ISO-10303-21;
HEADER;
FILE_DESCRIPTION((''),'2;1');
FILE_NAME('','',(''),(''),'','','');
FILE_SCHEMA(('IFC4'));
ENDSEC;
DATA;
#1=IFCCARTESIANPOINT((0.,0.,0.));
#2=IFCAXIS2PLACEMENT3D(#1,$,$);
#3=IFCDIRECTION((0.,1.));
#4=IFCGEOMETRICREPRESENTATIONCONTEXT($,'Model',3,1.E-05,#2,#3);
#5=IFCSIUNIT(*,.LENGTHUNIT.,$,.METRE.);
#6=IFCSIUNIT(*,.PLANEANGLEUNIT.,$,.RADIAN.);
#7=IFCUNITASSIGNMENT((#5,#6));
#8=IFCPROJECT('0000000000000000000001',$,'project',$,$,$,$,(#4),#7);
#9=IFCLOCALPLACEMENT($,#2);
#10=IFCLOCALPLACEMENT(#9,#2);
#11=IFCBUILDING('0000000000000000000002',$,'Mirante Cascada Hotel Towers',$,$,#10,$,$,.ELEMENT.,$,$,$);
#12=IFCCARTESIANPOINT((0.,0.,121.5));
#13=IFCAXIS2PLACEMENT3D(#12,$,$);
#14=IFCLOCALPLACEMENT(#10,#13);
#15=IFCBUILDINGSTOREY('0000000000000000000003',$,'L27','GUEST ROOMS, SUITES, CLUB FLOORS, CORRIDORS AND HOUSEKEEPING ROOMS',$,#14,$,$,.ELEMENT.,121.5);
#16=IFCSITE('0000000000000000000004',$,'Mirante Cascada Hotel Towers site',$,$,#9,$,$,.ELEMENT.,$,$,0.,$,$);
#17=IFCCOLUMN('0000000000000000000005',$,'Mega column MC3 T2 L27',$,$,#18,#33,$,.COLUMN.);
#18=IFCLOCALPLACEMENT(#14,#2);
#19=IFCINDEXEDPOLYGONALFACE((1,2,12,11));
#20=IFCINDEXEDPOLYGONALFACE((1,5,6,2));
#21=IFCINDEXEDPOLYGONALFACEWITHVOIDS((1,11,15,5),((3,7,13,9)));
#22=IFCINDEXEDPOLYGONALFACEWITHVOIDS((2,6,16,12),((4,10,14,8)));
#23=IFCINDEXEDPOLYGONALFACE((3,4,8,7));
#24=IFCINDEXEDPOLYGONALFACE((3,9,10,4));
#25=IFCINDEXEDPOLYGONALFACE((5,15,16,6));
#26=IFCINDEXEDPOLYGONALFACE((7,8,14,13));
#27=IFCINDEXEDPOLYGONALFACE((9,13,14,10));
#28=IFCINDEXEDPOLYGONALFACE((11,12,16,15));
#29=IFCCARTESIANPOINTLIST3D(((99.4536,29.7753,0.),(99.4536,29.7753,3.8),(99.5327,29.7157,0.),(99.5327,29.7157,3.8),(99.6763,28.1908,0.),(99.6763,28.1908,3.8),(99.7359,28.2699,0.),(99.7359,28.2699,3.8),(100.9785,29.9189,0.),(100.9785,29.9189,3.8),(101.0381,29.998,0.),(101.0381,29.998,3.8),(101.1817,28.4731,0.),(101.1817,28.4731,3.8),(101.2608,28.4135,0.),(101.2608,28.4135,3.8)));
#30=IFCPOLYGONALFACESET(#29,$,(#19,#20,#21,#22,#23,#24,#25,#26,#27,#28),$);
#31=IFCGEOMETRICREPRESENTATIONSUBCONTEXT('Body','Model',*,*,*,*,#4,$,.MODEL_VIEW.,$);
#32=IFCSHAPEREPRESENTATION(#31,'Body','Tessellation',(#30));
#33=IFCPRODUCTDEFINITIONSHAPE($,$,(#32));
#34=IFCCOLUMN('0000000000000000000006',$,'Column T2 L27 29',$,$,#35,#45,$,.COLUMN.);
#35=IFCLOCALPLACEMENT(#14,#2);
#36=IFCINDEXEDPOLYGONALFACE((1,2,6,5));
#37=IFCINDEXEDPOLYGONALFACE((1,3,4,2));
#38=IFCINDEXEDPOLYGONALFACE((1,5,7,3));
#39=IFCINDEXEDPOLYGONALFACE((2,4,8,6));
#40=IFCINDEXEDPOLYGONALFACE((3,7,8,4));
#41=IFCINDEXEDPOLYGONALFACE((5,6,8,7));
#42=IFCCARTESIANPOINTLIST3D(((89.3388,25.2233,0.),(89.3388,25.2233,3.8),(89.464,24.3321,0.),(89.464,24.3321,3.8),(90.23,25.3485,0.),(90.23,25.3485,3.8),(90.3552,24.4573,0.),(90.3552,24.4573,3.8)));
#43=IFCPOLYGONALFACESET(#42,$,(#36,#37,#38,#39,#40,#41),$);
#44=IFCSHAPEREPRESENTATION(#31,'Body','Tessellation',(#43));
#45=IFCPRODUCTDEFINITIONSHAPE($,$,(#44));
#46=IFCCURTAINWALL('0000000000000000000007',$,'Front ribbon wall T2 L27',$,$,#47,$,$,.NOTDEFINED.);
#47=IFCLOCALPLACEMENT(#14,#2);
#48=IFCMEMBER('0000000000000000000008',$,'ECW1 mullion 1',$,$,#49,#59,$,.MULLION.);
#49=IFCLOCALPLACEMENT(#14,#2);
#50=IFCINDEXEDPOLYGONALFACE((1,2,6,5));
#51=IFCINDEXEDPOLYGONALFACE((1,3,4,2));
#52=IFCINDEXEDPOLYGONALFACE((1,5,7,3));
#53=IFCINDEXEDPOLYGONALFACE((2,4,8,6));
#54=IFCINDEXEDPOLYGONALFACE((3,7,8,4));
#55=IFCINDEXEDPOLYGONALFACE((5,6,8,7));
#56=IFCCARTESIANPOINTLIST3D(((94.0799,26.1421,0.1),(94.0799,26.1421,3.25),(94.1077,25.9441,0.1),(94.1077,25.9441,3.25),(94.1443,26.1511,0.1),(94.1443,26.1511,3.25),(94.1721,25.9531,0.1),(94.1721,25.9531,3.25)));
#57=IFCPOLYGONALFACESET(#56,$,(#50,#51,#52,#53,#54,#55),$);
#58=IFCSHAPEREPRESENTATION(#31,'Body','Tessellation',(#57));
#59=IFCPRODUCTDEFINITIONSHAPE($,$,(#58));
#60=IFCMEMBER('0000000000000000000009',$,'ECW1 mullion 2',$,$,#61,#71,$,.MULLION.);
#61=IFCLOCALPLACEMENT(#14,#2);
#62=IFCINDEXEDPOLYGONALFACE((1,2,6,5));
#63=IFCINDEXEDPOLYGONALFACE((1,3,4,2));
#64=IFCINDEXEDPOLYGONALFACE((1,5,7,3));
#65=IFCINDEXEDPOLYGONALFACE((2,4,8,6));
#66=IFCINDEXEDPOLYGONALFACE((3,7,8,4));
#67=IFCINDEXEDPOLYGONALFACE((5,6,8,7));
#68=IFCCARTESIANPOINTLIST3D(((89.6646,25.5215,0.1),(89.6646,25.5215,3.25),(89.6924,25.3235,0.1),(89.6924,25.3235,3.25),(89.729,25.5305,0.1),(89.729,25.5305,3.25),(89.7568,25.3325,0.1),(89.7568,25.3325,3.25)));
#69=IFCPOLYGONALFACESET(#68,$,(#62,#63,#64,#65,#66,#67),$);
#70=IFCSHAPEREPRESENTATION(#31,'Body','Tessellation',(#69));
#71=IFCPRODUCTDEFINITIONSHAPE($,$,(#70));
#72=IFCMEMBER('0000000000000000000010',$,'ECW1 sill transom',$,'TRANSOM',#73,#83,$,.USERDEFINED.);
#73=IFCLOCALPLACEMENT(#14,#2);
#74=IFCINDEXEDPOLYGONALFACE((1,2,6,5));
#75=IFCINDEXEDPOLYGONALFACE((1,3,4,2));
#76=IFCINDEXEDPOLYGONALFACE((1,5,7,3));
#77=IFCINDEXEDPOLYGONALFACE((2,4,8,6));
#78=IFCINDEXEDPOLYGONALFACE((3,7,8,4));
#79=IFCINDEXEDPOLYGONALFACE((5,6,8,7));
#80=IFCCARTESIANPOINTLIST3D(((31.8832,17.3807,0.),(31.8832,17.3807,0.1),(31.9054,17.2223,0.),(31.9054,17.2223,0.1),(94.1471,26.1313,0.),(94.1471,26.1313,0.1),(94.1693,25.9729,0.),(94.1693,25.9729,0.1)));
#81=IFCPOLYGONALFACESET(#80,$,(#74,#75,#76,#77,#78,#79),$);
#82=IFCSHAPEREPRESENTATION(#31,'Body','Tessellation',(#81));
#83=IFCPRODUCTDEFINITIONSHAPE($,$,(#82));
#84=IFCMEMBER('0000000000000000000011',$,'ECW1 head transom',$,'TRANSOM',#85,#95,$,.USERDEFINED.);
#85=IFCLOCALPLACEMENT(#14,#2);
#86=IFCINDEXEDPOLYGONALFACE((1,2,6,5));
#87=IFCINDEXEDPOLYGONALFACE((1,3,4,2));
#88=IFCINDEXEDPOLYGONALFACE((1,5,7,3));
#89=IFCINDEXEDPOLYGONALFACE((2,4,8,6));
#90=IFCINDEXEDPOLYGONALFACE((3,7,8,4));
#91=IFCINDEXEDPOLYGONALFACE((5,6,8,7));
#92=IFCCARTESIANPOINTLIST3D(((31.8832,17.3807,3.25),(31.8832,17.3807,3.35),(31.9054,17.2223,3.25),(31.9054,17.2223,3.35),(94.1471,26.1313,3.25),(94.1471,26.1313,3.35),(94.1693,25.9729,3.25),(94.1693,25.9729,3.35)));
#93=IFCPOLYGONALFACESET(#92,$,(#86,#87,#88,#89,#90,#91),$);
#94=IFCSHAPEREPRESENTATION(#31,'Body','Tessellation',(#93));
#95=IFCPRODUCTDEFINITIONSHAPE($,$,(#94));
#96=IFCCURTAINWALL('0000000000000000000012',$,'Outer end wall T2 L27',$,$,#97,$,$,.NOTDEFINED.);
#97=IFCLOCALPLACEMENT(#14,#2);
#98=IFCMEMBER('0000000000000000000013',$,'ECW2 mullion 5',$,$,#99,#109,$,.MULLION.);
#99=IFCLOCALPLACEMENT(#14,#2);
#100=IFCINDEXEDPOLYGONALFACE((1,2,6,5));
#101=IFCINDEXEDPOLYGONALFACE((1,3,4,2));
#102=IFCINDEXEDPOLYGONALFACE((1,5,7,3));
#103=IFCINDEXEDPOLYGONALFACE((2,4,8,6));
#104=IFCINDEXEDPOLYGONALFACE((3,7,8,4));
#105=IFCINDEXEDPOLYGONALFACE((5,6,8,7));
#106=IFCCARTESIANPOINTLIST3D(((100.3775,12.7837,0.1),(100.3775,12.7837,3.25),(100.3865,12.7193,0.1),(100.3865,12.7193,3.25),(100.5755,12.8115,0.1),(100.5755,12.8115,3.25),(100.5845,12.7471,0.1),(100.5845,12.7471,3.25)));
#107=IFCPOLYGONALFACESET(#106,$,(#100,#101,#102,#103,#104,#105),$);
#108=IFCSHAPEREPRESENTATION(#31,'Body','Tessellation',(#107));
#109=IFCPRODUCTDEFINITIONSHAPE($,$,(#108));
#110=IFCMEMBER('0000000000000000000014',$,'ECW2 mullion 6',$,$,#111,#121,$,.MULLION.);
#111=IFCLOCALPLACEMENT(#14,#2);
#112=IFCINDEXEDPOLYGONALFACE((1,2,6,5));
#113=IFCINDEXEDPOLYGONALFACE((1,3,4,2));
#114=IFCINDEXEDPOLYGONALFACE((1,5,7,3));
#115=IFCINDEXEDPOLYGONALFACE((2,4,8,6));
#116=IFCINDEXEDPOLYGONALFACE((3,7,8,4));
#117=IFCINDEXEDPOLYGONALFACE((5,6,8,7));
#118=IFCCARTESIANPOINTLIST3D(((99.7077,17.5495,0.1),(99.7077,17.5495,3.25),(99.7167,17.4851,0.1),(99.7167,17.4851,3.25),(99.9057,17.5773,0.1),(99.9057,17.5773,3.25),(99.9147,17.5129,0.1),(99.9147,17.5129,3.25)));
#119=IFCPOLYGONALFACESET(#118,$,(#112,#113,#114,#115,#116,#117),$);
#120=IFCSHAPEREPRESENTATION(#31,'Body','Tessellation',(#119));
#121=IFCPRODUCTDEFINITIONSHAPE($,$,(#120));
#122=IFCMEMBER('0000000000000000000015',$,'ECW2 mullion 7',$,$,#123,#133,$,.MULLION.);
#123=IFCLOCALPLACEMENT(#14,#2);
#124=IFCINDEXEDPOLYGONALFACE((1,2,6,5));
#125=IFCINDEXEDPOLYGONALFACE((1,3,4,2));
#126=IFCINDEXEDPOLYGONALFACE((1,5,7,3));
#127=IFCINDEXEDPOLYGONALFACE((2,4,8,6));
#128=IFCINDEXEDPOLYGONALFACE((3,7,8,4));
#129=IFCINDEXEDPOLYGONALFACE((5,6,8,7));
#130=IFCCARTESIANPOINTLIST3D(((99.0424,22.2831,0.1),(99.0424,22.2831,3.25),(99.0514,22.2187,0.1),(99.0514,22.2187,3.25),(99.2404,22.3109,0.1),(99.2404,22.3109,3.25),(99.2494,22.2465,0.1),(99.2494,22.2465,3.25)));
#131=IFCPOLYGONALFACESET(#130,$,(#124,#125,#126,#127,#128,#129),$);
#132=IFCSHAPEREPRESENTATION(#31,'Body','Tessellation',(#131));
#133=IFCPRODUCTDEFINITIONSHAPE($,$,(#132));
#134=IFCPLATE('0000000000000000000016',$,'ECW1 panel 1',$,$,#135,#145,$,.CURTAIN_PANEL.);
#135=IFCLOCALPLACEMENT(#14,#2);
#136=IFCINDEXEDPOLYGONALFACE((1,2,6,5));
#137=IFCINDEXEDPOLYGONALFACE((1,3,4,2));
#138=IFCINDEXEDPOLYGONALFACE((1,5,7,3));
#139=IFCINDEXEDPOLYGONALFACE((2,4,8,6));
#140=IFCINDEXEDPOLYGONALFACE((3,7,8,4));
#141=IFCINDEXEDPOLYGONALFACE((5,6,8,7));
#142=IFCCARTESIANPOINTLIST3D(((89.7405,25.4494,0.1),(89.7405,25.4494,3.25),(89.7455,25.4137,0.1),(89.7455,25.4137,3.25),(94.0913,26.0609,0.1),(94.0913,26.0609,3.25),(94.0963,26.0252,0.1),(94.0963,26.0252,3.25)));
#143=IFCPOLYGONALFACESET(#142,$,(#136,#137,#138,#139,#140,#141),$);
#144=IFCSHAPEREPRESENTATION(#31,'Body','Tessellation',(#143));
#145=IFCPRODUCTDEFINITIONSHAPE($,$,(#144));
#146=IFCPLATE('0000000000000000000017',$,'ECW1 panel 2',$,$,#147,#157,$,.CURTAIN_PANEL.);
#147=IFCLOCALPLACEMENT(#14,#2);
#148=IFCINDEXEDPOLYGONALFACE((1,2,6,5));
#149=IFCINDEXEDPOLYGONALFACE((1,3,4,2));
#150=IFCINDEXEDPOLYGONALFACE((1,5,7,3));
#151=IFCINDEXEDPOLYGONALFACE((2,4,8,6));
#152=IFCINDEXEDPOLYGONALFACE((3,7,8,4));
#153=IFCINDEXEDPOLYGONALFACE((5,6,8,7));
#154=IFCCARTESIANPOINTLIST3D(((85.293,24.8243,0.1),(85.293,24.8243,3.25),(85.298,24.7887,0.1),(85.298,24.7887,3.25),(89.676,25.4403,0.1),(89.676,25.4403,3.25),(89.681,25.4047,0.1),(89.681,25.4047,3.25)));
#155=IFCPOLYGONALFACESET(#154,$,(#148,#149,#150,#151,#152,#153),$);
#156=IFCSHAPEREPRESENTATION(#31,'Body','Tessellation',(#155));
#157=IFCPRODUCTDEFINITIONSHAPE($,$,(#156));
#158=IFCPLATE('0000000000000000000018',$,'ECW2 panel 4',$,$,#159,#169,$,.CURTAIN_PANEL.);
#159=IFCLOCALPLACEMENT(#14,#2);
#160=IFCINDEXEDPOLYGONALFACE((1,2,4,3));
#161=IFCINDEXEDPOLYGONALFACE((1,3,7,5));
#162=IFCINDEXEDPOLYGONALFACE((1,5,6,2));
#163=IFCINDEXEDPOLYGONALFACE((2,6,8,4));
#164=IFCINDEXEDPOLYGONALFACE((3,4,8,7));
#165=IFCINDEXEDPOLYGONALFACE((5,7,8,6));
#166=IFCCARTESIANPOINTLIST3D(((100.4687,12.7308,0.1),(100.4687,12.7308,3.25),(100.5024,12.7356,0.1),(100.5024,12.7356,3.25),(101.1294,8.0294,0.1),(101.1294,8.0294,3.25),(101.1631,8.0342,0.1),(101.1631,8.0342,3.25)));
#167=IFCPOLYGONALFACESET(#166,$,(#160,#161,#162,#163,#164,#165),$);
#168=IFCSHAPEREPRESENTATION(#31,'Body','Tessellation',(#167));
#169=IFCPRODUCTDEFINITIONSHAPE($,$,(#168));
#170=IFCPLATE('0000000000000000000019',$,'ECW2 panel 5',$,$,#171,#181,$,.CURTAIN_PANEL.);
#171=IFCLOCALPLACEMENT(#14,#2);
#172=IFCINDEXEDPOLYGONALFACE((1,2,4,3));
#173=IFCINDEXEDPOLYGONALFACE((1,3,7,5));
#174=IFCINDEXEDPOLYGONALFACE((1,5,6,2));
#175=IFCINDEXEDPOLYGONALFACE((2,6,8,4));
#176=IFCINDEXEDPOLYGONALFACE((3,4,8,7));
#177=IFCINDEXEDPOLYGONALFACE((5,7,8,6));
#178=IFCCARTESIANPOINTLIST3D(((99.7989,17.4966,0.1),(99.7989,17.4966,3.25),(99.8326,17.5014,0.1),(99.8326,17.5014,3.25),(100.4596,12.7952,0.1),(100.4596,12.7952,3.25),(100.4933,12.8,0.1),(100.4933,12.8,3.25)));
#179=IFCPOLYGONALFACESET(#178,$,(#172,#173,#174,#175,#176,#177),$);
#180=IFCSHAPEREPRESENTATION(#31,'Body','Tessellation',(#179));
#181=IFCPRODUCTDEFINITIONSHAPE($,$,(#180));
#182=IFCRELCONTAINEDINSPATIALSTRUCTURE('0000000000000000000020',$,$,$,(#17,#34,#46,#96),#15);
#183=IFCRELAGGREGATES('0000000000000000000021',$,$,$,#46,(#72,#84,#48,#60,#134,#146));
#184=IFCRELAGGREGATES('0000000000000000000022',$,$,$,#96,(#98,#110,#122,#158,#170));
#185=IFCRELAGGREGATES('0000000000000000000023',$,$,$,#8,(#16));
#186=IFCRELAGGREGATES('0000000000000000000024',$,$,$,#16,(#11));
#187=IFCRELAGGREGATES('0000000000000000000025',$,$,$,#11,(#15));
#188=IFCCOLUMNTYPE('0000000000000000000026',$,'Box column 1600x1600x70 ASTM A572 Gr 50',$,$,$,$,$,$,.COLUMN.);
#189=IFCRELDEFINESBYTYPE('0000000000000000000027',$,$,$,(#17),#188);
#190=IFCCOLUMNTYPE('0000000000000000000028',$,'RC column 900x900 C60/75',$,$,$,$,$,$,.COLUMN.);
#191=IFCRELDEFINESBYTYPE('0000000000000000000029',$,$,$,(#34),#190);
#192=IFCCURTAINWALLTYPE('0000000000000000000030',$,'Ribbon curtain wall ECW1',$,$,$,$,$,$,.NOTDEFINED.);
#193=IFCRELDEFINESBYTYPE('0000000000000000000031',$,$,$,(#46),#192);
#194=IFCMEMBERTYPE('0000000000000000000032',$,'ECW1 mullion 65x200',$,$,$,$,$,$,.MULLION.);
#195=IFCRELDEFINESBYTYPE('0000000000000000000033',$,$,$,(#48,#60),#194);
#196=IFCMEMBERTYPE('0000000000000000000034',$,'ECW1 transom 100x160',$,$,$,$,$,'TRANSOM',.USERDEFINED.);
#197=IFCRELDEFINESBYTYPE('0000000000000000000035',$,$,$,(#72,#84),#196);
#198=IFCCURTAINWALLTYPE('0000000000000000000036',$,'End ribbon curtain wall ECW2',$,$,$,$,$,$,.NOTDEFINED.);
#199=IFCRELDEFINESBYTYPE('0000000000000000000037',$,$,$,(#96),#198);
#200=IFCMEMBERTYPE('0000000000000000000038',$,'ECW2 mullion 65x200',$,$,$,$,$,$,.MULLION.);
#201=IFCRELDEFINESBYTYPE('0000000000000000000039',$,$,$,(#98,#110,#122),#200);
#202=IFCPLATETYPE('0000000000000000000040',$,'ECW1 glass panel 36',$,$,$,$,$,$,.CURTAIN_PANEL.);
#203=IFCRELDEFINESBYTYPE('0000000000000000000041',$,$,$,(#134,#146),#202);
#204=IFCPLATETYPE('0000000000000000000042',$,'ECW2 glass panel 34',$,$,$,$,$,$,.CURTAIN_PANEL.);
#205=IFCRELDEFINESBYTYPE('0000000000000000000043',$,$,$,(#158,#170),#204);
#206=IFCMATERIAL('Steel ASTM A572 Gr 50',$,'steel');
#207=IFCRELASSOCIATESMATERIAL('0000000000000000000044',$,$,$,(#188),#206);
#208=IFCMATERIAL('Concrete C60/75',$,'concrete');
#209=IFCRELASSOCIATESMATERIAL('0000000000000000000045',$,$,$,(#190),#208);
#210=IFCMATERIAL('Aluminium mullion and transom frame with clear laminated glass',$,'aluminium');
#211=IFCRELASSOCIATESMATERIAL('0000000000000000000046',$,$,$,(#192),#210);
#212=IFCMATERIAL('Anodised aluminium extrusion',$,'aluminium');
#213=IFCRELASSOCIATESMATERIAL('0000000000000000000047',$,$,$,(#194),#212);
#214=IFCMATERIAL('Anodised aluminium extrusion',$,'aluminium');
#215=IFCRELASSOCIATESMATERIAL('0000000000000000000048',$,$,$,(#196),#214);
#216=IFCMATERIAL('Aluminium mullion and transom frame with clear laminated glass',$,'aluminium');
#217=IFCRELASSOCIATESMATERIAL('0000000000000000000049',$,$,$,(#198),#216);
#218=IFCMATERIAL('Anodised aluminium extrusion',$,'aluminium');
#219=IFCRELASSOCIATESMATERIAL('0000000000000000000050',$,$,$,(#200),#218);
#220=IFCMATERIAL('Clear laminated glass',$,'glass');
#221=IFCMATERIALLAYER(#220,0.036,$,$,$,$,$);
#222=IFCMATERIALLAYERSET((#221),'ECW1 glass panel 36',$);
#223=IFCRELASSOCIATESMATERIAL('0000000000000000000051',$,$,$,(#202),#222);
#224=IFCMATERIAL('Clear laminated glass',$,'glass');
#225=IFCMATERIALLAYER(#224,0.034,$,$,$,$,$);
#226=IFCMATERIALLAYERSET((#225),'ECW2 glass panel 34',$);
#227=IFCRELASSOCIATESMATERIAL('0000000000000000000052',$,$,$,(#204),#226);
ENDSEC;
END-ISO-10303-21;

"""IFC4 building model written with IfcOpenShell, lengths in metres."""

from ifc_helpers import new_model, si_unit, direction, frame, origin, origin_2d, place, context, subcontext, project, spatial, rectangle, hollow_rectangle, extrude, material, layer, layer_set, material_profile, profile_set, type_object, element, aggregate, save


model = new_model("IFC4")

# Units and contexts
model_context = context("Model", 3, precision=1e-05, world=origin(), true_north=direction((0.0, 1.0)))
body_context = subcontext(model_context, "Body", "Model", "MODEL_VIEW")
ifc_project = project(units=[si_unit("LENGTHUNIT", "METRE"), si_unit("PLANEANGLEUNIT", "RADIAN")], contexts=[model_context])

# Site, building, storey
site_placement = place(None, origin())
site = spatial("IfcSite", under=ifc_project, at=site_placement, Name="Mirante Cascada Hotel Towers site", CompositionType="ELEMENT", RefElevation=0.0)
building_placement = place(site_placement, origin())
building = spatial("IfcBuilding", under=site, at=building_placement, Name="Mirante Cascada Hotel Towers", CompositionType="ELEMENT")
storey_placement = place(building_placement, frame((0.0, 0.0, 121.5)))
storey = spatial("IfcBuildingStorey", under=building, at=storey_placement, Name="L27", Description="GUEST ROOMS, SUITES, CLUB FLOORS, CORRIDORS AND HOUSEKEEPING ROOMS", CompositionType="ELEMENT", Elevation=121.5)

# Columns
ifc_material_1 = material(Name="Steel ASTM A572 Gr 50", Category="steel")
ifc_material_profile_1 = material_profile(ifc_material_1, hollow_rectangle(XDim=1.6, YDim=1.6, WallThickness=0.07, at=origin_2d()), Name="Box column 1600x1600x70 ASTM A572 Gr 50")
ifc_profile_set_1 = profile_set([ifc_material_profile_1], Name="Steel ASTM A572 Gr 50")
column_type_1 = type_object("IfcColumnType", Name="Box column 1600x1600x70 ASTM A572 Gr 50", PredefinedType="COLUMN", material=ifc_profile_set_1)
column_1_placement = place(storey_placement, frame((100.3572, 29.0944, 0.0), z_axis=(0.0, 0.0, 1.0), x_axis=(0.990268, 0.139173, 0.0)))
element("IfcColumn", 1, at=column_1_placement, inside=storey, type_object=column_type_1, Name="Mega column MC3 T2 L27", PredefinedType="COLUMN", context=body_context, shape_type="SweptSolid", body=[
    extrude(hollow_rectangle(XDim=1.6, YDim=1.6, WallThickness=0.07, at=origin_2d()), origin(), (0.0, 0.0, 1.0), 3.8),
])
ifc_material_2 = material(Name="Concrete C60/75", Category="concrete")
ifc_material_profile_2 = material_profile(ifc_material_2, rectangle(XDim=0.9, YDim=0.9, at=origin_2d()), Name="RC column 900x900 C60/75")
ifc_profile_set_2 = profile_set([ifc_material_profile_2], Name="Concrete C60/75")
column_type_2 = type_object("IfcColumnType", Name="RC column 900x900 C60/75", PredefinedType="COLUMN", material=ifc_profile_set_2)
column_2_placement = place(storey_placement, frame((89.847, 24.8403, 0.0), z_axis=(0.0, 0.0, 1.0), x_axis=(0.990268, 0.139173, 0.0)))
element("IfcColumn", 2, at=column_2_placement, inside=storey, type_object=column_type_2, Name="Column T2 L27 29", PredefinedType="COLUMN", context=body_context, shape_type="SweptSolid", body=[
    extrude(rectangle(XDim=0.9, YDim=0.9, at=origin_2d()), origin(), (0.0, 0.0, 1.0), 3.8),
])

# Curtain walls, members
ifc_material_3 = material(Name="Aluminium mullion and transom frame with clear laminated glass", Category="aluminium")
curtain_wall_type_1 = type_object("IfcCurtainWallType", Name="Ribbon curtain wall ECW1", PredefinedType="NOTDEFINED", material=ifc_material_3)
curtain_wall_1_placement = place(storey_placement, origin())
curtain_wall_1 = element("IfcCurtainWall", 3, at=curtain_wall_1_placement, inside=storey, type_object=curtain_wall_type_1, Name="Front ribbon wall T2 L27", PredefinedType="NOTDEFINED")
ifc_material_4 = material(Name="Anodised aluminium extrusion", Category="aluminium")
ifc_material_profile_3 = material_profile(ifc_material_4, rectangle(XDim=0.2, YDim=0.065, at=origin_2d()), Name="ECW1 MULLION 65x200")
ifc_profile_set_3 = profile_set([ifc_material_profile_3], Name="Anodised aluminium extrusion")
member_type_1 = type_object("IfcMemberType", Name="ECW1 mullion 65x200", PredefinedType="MULLION", material=ifc_profile_set_3)
member_1_placement = place(storey_placement, frame((94.126, 26.0476, 0.1), z_axis=(0.0, 0.0, 1.0), x_axis=(0.139173, -0.990268, 0.0)))
member_1 = element("IfcMember", 4, at=member_1_placement, type_object=member_type_1, Name="ECW1 mullion 1", PredefinedType="MULLION", context=body_context, shape_type="SweptSolid", body=[
    extrude(rectangle(XDim=0.2, YDim=0.065, at=origin_2d()), origin(), (0.0, 0.0, 1.0), 3.15),
])
member_2_placement = place(storey_placement, frame((89.7107, 25.427, 0.1), z_axis=(0.0, 0.0, 1.0), x_axis=(0.139173, -0.990268, 0.0)))
member_2 = element("IfcMember", 5, at=member_2_placement, type_object=member_type_1, Name="ECW1 mullion 2", PredefinedType="MULLION", context=body_context, shape_type="SweptSolid", body=[
    extrude(rectangle(XDim=0.2, YDim=0.065, at=origin_2d()), origin(), (0.0, 0.0, 1.0), 3.15),
])
ifc_material_5 = material(Name="Anodised aluminium extrusion", Category="aluminium")
ifc_material_profile_4 = material_profile(ifc_material_5, rectangle(XDim=0.16, YDim=0.1, at=origin_2d()), Name="ECW1 TRANSOM 100x160")
ifc_profile_set_4 = profile_set([ifc_material_profile_4], Name="Anodised aluminium extrusion")
member_type_2 = type_object("IfcMemberType", Name="ECW1 transom 100x160", ElementType="TRANSOM", PredefinedType="USERDEFINED", material=ifc_profile_set_4)
member_3_placement = place(storey_placement, frame((94.1582, 26.0521, 0.05), z_axis=(-0.990268, -0.139173, 0.0), x_axis=(0.139173, -0.990268, 0.0)))
member_3 = element("IfcMember", 6, at=member_3_placement, type_object=member_type_2, Name="ECW1 sill transom", ObjectType="TRANSOM", PredefinedType="USERDEFINED", context=body_context, shape_type="SweptSolid", body=[
    extrude(rectangle(XDim=0.16, YDim=0.1, at=origin_2d()), origin(), (0.0, 0.0, 1.0), 62.8758),
])
member_4_placement = place(storey_placement, frame((94.1582, 26.0521, 3.3), z_axis=(-0.990268, -0.139173, 0.0), x_axis=(0.139173, -0.990268, 0.0)))
member_4 = element("IfcMember", 7, at=member_4_placement, type_object=member_type_2, Name="ECW1 head transom", ObjectType="TRANSOM", PredefinedType="USERDEFINED", context=body_context, shape_type="SweptSolid", body=[
    extrude(rectangle(XDim=0.16, YDim=0.1, at=origin_2d()), origin(), (0.0, 0.0, 1.0), 62.8758),
])
ifc_material_6 = material(Name="Aluminium mullion and transom frame with clear laminated glass", Category="aluminium")
curtain_wall_type_2 = type_object("IfcCurtainWallType", Name="End ribbon curtain wall ECW2", PredefinedType="NOTDEFINED", material=ifc_material_6)
curtain_wall_2_placement = place(storey_placement, origin())
curtain_wall_2 = element("IfcCurtainWall", 8, at=curtain_wall_2_placement, inside=storey, type_object=curtain_wall_type_2, Name="Outer end wall T2 L27", PredefinedType="NOTDEFINED")
ifc_material_7 = material(Name="Anodised aluminium extrusion", Category="aluminium")
ifc_material_profile_5 = material_profile(ifc_material_7, rectangle(XDim=0.2, YDim=0.065, at=origin_2d()), Name="ECW2 MULLION 65x200")
ifc_profile_set_5 = profile_set([ifc_material_profile_5], Name="Anodised aluminium extrusion")
member_type_3 = type_object("IfcMemberType", Name="ECW2 mullion 65x200", PredefinedType="MULLION", material=ifc_profile_set_5)
member_5_placement = place(storey_placement, frame((100.481, 12.7654, 0.1), z_axis=(0.0, 0.0, 1.0), x_axis=(-0.990268, -0.139173, 0.0)))
member_5 = element("IfcMember", 9, at=member_5_placement, type_object=member_type_3, Name="ECW2 mullion 5", PredefinedType="MULLION", context=body_context, shape_type="SweptSolid", body=[
    extrude(rectangle(XDim=0.2, YDim=0.065, at=origin_2d()), origin(), (0.0, 0.0, 1.0), 3.15),
])
member_6_placement = place(storey_placement, frame((99.8112, 17.5312, 0.1), z_axis=(0.0, 0.0, 1.0), x_axis=(-0.990268, -0.139173, 0.0)))
member_6 = element("IfcMember", 10, at=member_6_placement, type_object=member_type_3, Name="ECW2 mullion 6", PredefinedType="MULLION", context=body_context, shape_type="SweptSolid", body=[
    extrude(rectangle(XDim=0.2, YDim=0.065, at=origin_2d()), origin(), (0.0, 0.0, 1.0), 3.15),
])
member_7_placement = place(storey_placement, frame((99.1459, 22.2648, 0.1), z_axis=(0.0, 0.0, 1.0), x_axis=(-0.990268, -0.139173, 0.0)))
member_7 = element("IfcMember", 11, at=member_7_placement, type_object=member_type_3, Name="ECW2 mullion 7", PredefinedType="MULLION", context=body_context, shape_type="SweptSolid", body=[
    extrude(rectangle(XDim=0.2, YDim=0.065, at=origin_2d()), origin(), (0.0, 0.0, 1.0), 3.15),
])

# Plates
ifc_material_8 = material(Name="Clear laminated glass", Category="glass")
ifc_layer_1 = layer(ifc_material_8, 0.036)
ifc_layer_set_1 = layer_set([ifc_layer_1], Name="ECW1 glass panel 36")
plate_type_1 = type_object("IfcPlateType", Name="ECW1 glass panel 36", PredefinedType="CURTAIN_PANEL", material=ifc_layer_set_1)
plate_1_placement = place(storey_placement, frame((91.9184, 25.7373, 0.1), z_axis=(0.0, 0.0, 1.0), x_axis=(-0.990268, -0.139173, 0.0)))
plate_1 = element("IfcPlate", 12, at=plate_1_placement, type_object=plate_type_1, Name="ECW1 panel 1", PredefinedType="CURTAIN_PANEL", context=body_context, shape_type="SweptSolid", body=[
    extrude(rectangle(XDim=4.3936, YDim=0.036, at=origin_2d()), origin(), (0.0, 0.0, 1.0), 3.15),
])
plate_2_placement = place(storey_placement, frame((87.487, 25.1145, 0.1), z_axis=(0.0, 0.0, 1.0), x_axis=(-0.990268, -0.139173, 0.0)))
plate_2 = element("IfcPlate", 13, at=plate_2_placement, type_object=plate_type_1, Name="ECW1 panel 2", PredefinedType="CURTAIN_PANEL", context=body_context, shape_type="SweptSolid", body=[
    extrude(rectangle(XDim=4.4261, YDim=0.036, at=origin_2d()), origin(), (0.0, 0.0, 1.0), 3.15),
])
aggregate(curtain_wall_1, [member_3, member_4, member_1, member_2, plate_1, plate_2])
ifc_material_9 = material(Name="Clear laminated glass", Category="glass")
ifc_layer_2 = layer(ifc_material_9, 0.034)
ifc_layer_set_2 = layer_set([ifc_layer_2], Name="ECW2 glass panel 34")
plate_type_2 = type_object("IfcPlateType", Name="ECW2 glass panel 34", PredefinedType="CURTAIN_PANEL", material=ifc_layer_set_2)
plate_3_placement = place(storey_placement, frame((100.8159, 10.3825, 0.1), z_axis=(0.0, 0.0, 1.0), x_axis=(-0.139173, 0.990268, 0.0)))
plate_3 = element("IfcPlate", 14, at=plate_3_placement, type_object=plate_type_2, Name="ECW2 panel 4", PredefinedType="CURTAIN_PANEL", context=body_context, shape_type="SweptSolid", body=[
    extrude(rectangle(XDim=4.7476, YDim=0.034, at=origin_2d()), origin(), (0.0, 0.0, 1.0), 3.15),
])
plate_4_placement = place(storey_placement, frame((100.1461, 15.1483, 0.1), z_axis=(0.0, 0.0, 1.0), x_axis=(-0.139173, 0.990268, 0.0)))
plate_4 = element("IfcPlate", 15, at=plate_4_placement, type_object=plate_type_2, Name="ECW2 panel 5", PredefinedType="CURTAIN_PANEL", context=body_context, shape_type="SweptSolid", body=[
    extrude(rectangle(XDim=4.7476, YDim=0.034, at=origin_2d()), origin(), (0.0, 0.0, 1.0), 3.15),
])
aggregate(curtain_wall_2, [member_5, member_6, member_7, plate_3, plate_4])

save(model, "model.ifc")
